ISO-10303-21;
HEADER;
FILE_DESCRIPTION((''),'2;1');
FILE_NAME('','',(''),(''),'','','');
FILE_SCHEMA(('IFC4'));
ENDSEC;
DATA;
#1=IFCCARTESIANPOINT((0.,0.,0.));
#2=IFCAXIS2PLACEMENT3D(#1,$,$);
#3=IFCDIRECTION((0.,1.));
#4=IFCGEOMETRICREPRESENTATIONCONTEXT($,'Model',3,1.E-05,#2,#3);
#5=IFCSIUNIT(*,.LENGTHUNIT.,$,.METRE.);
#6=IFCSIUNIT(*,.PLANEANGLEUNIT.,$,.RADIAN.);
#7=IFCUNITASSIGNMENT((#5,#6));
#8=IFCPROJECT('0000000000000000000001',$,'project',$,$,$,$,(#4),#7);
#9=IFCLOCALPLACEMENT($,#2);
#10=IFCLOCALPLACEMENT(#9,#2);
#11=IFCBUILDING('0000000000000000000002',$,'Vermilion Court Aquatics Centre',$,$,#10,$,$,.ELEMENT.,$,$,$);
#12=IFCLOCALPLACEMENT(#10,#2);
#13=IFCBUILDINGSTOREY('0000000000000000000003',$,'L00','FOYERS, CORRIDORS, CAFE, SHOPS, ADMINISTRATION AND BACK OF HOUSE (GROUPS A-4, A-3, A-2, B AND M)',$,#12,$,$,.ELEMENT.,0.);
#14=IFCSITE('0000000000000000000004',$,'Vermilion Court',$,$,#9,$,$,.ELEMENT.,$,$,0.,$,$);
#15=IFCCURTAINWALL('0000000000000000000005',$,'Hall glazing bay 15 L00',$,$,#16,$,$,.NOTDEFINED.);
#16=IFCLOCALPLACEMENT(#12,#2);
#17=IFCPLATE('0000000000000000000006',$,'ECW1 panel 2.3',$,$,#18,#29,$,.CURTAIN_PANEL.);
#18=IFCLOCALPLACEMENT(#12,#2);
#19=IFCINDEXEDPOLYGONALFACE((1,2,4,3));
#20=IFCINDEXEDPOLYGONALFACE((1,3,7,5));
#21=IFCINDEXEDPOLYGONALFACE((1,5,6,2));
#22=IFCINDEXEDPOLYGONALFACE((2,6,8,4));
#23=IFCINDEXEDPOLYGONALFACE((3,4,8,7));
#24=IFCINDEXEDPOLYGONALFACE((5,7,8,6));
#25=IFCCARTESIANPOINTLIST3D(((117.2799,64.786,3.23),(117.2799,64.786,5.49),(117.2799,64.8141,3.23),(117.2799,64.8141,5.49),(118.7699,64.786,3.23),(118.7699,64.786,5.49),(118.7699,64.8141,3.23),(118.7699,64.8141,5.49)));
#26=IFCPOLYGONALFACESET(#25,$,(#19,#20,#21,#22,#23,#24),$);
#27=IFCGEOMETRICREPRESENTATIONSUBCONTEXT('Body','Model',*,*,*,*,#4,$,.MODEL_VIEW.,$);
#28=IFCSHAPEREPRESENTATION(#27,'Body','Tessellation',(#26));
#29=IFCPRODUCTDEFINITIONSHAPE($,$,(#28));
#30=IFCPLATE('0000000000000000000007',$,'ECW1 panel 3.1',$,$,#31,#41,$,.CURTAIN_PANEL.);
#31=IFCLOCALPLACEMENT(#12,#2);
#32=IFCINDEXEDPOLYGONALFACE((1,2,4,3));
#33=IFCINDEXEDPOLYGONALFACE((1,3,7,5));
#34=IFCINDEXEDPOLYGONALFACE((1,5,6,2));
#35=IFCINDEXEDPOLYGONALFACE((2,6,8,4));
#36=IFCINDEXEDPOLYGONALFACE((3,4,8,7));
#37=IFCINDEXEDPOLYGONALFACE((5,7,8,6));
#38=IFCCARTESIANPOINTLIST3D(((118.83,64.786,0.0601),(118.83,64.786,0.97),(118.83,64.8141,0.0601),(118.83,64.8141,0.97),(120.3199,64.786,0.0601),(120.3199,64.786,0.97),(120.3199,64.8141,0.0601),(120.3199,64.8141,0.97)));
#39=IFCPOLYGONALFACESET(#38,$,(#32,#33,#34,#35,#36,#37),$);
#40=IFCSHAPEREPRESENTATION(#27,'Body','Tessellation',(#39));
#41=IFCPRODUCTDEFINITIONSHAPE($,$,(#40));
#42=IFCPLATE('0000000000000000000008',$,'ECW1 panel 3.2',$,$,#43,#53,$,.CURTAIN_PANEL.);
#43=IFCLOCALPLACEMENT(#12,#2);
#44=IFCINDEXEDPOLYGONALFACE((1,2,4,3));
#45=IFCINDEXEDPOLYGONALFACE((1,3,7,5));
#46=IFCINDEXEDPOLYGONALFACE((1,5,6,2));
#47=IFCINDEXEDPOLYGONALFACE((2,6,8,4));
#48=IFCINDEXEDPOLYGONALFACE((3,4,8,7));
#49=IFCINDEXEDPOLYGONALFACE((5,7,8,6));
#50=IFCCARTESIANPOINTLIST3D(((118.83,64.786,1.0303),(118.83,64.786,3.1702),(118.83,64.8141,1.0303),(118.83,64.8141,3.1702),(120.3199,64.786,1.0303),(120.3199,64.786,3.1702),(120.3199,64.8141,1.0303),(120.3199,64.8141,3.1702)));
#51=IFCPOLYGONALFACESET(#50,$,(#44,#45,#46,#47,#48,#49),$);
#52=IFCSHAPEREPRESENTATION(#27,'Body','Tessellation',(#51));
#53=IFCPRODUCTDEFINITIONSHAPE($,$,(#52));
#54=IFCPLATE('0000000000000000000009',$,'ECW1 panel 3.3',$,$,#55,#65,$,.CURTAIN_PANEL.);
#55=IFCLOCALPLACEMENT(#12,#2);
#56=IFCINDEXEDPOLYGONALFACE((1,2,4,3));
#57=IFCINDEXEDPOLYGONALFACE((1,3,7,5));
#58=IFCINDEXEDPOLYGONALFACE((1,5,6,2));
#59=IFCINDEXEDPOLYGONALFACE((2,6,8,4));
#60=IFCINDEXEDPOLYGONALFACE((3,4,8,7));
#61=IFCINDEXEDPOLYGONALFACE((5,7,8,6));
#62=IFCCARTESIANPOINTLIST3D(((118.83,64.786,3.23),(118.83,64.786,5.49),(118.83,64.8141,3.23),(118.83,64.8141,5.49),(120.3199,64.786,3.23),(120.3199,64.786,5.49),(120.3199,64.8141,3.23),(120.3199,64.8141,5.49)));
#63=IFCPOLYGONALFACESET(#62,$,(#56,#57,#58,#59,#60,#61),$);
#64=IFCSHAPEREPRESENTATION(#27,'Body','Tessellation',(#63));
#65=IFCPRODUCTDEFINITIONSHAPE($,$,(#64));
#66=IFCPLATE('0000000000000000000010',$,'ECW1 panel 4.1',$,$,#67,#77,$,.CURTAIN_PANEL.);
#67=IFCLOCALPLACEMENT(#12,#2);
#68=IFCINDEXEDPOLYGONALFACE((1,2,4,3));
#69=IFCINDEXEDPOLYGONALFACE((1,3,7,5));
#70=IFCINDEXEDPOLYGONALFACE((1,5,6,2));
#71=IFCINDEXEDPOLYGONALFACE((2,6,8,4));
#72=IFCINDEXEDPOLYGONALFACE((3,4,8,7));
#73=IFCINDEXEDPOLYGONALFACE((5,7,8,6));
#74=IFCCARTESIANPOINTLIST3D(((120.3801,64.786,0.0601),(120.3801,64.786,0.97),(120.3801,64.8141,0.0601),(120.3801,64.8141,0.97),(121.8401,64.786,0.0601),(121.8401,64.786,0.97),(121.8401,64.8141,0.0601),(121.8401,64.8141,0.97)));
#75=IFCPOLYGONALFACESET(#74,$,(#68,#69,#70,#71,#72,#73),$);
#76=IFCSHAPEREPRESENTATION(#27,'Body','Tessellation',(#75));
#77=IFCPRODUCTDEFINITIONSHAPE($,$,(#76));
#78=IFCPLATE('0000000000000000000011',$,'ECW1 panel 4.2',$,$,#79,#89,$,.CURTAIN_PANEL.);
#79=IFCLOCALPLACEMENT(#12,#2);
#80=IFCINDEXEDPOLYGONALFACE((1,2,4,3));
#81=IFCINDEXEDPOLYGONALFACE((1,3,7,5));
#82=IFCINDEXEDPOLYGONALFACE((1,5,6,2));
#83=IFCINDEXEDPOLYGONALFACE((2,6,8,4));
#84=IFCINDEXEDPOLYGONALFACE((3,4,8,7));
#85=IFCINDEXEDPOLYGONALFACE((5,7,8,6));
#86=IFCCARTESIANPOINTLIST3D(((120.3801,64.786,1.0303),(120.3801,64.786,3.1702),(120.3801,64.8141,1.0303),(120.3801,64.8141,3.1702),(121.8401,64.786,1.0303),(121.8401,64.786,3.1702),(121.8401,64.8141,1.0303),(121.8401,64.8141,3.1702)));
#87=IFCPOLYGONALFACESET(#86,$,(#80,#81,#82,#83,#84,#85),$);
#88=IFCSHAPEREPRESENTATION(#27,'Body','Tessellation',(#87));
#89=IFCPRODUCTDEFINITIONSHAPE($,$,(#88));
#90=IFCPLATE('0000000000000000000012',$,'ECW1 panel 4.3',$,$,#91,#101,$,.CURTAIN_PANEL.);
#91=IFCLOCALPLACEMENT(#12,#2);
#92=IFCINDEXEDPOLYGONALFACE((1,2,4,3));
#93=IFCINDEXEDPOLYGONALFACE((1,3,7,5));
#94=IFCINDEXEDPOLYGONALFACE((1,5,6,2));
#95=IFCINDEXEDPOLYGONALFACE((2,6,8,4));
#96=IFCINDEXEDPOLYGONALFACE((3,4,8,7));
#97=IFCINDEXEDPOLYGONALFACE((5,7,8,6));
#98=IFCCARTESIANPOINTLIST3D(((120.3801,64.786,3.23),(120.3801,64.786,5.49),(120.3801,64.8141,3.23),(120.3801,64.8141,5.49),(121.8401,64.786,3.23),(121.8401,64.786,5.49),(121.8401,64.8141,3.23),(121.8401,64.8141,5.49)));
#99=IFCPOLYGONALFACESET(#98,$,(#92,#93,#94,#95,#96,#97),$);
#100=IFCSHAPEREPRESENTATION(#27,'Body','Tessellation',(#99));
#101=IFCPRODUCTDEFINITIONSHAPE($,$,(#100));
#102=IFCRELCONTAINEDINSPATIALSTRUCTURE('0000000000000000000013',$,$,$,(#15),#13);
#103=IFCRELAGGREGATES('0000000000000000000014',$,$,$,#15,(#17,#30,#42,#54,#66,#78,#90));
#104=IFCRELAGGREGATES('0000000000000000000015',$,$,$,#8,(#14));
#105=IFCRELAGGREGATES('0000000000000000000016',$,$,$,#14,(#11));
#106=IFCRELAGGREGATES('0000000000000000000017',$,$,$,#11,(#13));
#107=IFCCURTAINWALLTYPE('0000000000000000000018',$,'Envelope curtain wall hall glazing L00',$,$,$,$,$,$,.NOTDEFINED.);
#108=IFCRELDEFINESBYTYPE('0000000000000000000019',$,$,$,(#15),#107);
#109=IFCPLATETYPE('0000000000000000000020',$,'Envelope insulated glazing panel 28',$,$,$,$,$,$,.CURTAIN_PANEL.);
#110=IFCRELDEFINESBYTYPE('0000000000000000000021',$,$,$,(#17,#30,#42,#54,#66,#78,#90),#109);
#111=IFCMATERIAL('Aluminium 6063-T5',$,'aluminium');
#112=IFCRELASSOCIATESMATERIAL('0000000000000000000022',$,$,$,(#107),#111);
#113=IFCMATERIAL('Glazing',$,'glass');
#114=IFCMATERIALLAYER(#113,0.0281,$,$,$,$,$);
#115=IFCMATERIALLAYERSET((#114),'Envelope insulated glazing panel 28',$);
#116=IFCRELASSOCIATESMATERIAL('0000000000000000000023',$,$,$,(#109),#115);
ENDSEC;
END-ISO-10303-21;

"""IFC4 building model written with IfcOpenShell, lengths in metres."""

from ifc_helpers import new_model, si_unit, direction, frame, origin, origin_2d, place, context, subcontext, project, spatial, rectangle, extrude, material, layer, layer_set, type_object, element, aggregate, save


model = new_model("IFC4")

# Units and contexts
model_context = context("Model", 3, precision=1e-05, world=origin(), true_north=direction((0.0, 1.0)))
body_context = subcontext(model_context, "Body", "Model", "MODEL_VIEW")
ifc_project = project(units=[si_unit("LENGTHUNIT", "METRE"), si_unit("PLANEANGLEUNIT", "RADIAN")], contexts=[model_context])

# Site, building, storey
site_placement = place(None, origin())
site = spatial("IfcSite", under=ifc_project, at=site_placement, Name="Vermilion Court", CompositionType="ELEMENT", RefElevation=0.0)
building_placement = place(site_placement, origin())
building = spatial("IfcBuilding", under=site, at=building_placement, Name="Vermilion Court Aquatics Centre", CompositionType="ELEMENT")
storey_placement = place(building_placement, origin())
storey = spatial("IfcBuildingStorey", under=building, at=storey_placement, Name="L00", Description="FOYERS, CORRIDORS, CAFE, SHOPS, ADMINISTRATION AND BACK OF HOUSE (GROUPS A-4, A-3, A-2, B AND M)", CompositionType="ELEMENT", Elevation=0.0)

# Curtain wall
ifc_material_1 = material(Name="Aluminium 6063-T5", Category="aluminium")
curtain_wall_type = type_object("IfcCurtainWallType", Name="Envelope curtain wall hall glazing L00", PredefinedType="NOTDEFINED", material=ifc_material_1)
curtain_wall_placement = place(storey_placement, origin())
curtain_wall = element("IfcCurtainWall", 1, at=curtain_wall_placement, inside=storey, type_object=curtain_wall_type, Name="Hall glazing bay 15 L00", PredefinedType="NOTDEFINED")

# Plates
ifc_material_2 = material(Name="Glazing", Category="glass")
ifc_layer = layer(ifc_material_2, 0.0281)
ifc_layer_set = layer_set([ifc_layer], Name="Envelope insulated glazing panel 28")
plate_type = type_object("IfcPlateType", Name="Envelope insulated glazing panel 28", PredefinedType="CURTAIN_PANEL", material=ifc_layer_set)
plate_1_placement = place(storey_placement, frame((118.0249, 64.8, 3.23), z_axis=(0.0, 0.0, 1.0), x_axis=(1.0, 0.0, 0.0)))
plate_1 = element("IfcPlate", 2, at=plate_1_placement, type_object=plate_type, Name="ECW1 panel 2.3", PredefinedType="CURTAIN_PANEL", context=body_context, shape_type="SweptSolid", body=[
    extrude(rectangle(XDim=1.49, YDim=0.0281, at=origin_2d()), origin(), (0.0, 0.0, 1.0), 2.26),
])
plate_2_placement = place(storey_placement, frame((119.575, 64.8, 0.0601), z_axis=(0.0, 0.0, 1.0), x_axis=(1.0, 0.0, 0.0)))
plate_2 = element("IfcPlate", 3, at=plate_2_placement, type_object=plate_type, Name="ECW1 panel 3.1", PredefinedType="CURTAIN_PANEL", context=body_context, shape_type="SweptSolid", body=[
    extrude(rectangle(XDim=1.49, YDim=0.0281, at=origin_2d()), origin(), (0.0, 0.0, 1.0), 0.9099),
])
plate_3_placement = place(storey_placement, frame((119.575, 64.8, 1.0303), z_axis=(0.0, 0.0, 1.0), x_axis=(1.0, 0.0, 0.0)))
plate_3 = element("IfcPlate", 4, at=plate_3_placement, type_object=plate_type, Name="ECW1 panel 3.2", PredefinedType="CURTAIN_PANEL", context=body_context, shape_type="SweptSolid", body=[
    extrude(rectangle(XDim=1.49, YDim=0.0281, at=origin_2d()), origin(), (0.0, 0.0, 1.0), 2.1399),
])
plate_4_placement = place(storey_placement, frame((119.575, 64.8, 3.23), z_axis=(0.0, 0.0, 1.0), x_axis=(1.0, 0.0, 0.0)))
plate_4 = element("IfcPlate", 5, at=plate_4_placement, type_object=plate_type, Name="ECW1 panel 3.3", PredefinedType="CURTAIN_PANEL", context=body_context, shape_type="SweptSolid", body=[
    extrude(rectangle(XDim=1.49, YDim=0.0281, at=origin_2d()), origin(), (0.0, 0.0, 1.0), 2.26),
])
plate_5_placement = place(storey_placement, frame((121.1101, 64.8, 0.0601), z_axis=(0.0, 0.0, 1.0), x_axis=(1.0, 0.0, 0.0)))
plate_5 = element("IfcPlate", 6, at=plate_5_placement, type_object=plate_type, Name="ECW1 panel 4.1", PredefinedType="CURTAIN_PANEL", context=body_context, shape_type="SweptSolid", body=[
    extrude(rectangle(XDim=1.46, YDim=0.0281, at=origin_2d()), origin(), (0.0, 0.0, 1.0), 0.9099),
])
plate_6_placement = place(storey_placement, frame((121.1101, 64.8, 1.0303), z_axis=(0.0, 0.0, 1.0), x_axis=(1.0, 0.0, 0.0)))
plate_6 = element("IfcPlate", 7, at=plate_6_placement, type_object=plate_type, Name="ECW1 panel 4.2", PredefinedType="CURTAIN_PANEL", context=body_context, shape_type="SweptSolid", body=[
    extrude(rectangle(XDim=1.46, YDim=0.0281, at=origin_2d()), origin(), (0.0, 0.0, 1.0), 2.1399),
])
plate_7_placement = place(storey_placement, frame((121.1101, 64.8, 3.23), z_axis=(0.0, 0.0, 1.0), x_axis=(1.0, 0.0, 0.0)))
plate_7 = element("IfcPlate", 8, at=plate_7_placement, type_object=plate_type, Name="ECW1 panel 4.3", PredefinedType="CURTAIN_PANEL", context=body_context, shape_type="SweptSolid", body=[
    extrude(rectangle(XDim=1.46, YDim=0.0281, at=origin_2d()), origin(), (0.0, 0.0, 1.0), 2.26),
])
aggregate(curtain_wall, [plate_1, plate_2, plate_3, plate_4, plate_5, plate_6, plate_7])

save(model, "model.ifc")
